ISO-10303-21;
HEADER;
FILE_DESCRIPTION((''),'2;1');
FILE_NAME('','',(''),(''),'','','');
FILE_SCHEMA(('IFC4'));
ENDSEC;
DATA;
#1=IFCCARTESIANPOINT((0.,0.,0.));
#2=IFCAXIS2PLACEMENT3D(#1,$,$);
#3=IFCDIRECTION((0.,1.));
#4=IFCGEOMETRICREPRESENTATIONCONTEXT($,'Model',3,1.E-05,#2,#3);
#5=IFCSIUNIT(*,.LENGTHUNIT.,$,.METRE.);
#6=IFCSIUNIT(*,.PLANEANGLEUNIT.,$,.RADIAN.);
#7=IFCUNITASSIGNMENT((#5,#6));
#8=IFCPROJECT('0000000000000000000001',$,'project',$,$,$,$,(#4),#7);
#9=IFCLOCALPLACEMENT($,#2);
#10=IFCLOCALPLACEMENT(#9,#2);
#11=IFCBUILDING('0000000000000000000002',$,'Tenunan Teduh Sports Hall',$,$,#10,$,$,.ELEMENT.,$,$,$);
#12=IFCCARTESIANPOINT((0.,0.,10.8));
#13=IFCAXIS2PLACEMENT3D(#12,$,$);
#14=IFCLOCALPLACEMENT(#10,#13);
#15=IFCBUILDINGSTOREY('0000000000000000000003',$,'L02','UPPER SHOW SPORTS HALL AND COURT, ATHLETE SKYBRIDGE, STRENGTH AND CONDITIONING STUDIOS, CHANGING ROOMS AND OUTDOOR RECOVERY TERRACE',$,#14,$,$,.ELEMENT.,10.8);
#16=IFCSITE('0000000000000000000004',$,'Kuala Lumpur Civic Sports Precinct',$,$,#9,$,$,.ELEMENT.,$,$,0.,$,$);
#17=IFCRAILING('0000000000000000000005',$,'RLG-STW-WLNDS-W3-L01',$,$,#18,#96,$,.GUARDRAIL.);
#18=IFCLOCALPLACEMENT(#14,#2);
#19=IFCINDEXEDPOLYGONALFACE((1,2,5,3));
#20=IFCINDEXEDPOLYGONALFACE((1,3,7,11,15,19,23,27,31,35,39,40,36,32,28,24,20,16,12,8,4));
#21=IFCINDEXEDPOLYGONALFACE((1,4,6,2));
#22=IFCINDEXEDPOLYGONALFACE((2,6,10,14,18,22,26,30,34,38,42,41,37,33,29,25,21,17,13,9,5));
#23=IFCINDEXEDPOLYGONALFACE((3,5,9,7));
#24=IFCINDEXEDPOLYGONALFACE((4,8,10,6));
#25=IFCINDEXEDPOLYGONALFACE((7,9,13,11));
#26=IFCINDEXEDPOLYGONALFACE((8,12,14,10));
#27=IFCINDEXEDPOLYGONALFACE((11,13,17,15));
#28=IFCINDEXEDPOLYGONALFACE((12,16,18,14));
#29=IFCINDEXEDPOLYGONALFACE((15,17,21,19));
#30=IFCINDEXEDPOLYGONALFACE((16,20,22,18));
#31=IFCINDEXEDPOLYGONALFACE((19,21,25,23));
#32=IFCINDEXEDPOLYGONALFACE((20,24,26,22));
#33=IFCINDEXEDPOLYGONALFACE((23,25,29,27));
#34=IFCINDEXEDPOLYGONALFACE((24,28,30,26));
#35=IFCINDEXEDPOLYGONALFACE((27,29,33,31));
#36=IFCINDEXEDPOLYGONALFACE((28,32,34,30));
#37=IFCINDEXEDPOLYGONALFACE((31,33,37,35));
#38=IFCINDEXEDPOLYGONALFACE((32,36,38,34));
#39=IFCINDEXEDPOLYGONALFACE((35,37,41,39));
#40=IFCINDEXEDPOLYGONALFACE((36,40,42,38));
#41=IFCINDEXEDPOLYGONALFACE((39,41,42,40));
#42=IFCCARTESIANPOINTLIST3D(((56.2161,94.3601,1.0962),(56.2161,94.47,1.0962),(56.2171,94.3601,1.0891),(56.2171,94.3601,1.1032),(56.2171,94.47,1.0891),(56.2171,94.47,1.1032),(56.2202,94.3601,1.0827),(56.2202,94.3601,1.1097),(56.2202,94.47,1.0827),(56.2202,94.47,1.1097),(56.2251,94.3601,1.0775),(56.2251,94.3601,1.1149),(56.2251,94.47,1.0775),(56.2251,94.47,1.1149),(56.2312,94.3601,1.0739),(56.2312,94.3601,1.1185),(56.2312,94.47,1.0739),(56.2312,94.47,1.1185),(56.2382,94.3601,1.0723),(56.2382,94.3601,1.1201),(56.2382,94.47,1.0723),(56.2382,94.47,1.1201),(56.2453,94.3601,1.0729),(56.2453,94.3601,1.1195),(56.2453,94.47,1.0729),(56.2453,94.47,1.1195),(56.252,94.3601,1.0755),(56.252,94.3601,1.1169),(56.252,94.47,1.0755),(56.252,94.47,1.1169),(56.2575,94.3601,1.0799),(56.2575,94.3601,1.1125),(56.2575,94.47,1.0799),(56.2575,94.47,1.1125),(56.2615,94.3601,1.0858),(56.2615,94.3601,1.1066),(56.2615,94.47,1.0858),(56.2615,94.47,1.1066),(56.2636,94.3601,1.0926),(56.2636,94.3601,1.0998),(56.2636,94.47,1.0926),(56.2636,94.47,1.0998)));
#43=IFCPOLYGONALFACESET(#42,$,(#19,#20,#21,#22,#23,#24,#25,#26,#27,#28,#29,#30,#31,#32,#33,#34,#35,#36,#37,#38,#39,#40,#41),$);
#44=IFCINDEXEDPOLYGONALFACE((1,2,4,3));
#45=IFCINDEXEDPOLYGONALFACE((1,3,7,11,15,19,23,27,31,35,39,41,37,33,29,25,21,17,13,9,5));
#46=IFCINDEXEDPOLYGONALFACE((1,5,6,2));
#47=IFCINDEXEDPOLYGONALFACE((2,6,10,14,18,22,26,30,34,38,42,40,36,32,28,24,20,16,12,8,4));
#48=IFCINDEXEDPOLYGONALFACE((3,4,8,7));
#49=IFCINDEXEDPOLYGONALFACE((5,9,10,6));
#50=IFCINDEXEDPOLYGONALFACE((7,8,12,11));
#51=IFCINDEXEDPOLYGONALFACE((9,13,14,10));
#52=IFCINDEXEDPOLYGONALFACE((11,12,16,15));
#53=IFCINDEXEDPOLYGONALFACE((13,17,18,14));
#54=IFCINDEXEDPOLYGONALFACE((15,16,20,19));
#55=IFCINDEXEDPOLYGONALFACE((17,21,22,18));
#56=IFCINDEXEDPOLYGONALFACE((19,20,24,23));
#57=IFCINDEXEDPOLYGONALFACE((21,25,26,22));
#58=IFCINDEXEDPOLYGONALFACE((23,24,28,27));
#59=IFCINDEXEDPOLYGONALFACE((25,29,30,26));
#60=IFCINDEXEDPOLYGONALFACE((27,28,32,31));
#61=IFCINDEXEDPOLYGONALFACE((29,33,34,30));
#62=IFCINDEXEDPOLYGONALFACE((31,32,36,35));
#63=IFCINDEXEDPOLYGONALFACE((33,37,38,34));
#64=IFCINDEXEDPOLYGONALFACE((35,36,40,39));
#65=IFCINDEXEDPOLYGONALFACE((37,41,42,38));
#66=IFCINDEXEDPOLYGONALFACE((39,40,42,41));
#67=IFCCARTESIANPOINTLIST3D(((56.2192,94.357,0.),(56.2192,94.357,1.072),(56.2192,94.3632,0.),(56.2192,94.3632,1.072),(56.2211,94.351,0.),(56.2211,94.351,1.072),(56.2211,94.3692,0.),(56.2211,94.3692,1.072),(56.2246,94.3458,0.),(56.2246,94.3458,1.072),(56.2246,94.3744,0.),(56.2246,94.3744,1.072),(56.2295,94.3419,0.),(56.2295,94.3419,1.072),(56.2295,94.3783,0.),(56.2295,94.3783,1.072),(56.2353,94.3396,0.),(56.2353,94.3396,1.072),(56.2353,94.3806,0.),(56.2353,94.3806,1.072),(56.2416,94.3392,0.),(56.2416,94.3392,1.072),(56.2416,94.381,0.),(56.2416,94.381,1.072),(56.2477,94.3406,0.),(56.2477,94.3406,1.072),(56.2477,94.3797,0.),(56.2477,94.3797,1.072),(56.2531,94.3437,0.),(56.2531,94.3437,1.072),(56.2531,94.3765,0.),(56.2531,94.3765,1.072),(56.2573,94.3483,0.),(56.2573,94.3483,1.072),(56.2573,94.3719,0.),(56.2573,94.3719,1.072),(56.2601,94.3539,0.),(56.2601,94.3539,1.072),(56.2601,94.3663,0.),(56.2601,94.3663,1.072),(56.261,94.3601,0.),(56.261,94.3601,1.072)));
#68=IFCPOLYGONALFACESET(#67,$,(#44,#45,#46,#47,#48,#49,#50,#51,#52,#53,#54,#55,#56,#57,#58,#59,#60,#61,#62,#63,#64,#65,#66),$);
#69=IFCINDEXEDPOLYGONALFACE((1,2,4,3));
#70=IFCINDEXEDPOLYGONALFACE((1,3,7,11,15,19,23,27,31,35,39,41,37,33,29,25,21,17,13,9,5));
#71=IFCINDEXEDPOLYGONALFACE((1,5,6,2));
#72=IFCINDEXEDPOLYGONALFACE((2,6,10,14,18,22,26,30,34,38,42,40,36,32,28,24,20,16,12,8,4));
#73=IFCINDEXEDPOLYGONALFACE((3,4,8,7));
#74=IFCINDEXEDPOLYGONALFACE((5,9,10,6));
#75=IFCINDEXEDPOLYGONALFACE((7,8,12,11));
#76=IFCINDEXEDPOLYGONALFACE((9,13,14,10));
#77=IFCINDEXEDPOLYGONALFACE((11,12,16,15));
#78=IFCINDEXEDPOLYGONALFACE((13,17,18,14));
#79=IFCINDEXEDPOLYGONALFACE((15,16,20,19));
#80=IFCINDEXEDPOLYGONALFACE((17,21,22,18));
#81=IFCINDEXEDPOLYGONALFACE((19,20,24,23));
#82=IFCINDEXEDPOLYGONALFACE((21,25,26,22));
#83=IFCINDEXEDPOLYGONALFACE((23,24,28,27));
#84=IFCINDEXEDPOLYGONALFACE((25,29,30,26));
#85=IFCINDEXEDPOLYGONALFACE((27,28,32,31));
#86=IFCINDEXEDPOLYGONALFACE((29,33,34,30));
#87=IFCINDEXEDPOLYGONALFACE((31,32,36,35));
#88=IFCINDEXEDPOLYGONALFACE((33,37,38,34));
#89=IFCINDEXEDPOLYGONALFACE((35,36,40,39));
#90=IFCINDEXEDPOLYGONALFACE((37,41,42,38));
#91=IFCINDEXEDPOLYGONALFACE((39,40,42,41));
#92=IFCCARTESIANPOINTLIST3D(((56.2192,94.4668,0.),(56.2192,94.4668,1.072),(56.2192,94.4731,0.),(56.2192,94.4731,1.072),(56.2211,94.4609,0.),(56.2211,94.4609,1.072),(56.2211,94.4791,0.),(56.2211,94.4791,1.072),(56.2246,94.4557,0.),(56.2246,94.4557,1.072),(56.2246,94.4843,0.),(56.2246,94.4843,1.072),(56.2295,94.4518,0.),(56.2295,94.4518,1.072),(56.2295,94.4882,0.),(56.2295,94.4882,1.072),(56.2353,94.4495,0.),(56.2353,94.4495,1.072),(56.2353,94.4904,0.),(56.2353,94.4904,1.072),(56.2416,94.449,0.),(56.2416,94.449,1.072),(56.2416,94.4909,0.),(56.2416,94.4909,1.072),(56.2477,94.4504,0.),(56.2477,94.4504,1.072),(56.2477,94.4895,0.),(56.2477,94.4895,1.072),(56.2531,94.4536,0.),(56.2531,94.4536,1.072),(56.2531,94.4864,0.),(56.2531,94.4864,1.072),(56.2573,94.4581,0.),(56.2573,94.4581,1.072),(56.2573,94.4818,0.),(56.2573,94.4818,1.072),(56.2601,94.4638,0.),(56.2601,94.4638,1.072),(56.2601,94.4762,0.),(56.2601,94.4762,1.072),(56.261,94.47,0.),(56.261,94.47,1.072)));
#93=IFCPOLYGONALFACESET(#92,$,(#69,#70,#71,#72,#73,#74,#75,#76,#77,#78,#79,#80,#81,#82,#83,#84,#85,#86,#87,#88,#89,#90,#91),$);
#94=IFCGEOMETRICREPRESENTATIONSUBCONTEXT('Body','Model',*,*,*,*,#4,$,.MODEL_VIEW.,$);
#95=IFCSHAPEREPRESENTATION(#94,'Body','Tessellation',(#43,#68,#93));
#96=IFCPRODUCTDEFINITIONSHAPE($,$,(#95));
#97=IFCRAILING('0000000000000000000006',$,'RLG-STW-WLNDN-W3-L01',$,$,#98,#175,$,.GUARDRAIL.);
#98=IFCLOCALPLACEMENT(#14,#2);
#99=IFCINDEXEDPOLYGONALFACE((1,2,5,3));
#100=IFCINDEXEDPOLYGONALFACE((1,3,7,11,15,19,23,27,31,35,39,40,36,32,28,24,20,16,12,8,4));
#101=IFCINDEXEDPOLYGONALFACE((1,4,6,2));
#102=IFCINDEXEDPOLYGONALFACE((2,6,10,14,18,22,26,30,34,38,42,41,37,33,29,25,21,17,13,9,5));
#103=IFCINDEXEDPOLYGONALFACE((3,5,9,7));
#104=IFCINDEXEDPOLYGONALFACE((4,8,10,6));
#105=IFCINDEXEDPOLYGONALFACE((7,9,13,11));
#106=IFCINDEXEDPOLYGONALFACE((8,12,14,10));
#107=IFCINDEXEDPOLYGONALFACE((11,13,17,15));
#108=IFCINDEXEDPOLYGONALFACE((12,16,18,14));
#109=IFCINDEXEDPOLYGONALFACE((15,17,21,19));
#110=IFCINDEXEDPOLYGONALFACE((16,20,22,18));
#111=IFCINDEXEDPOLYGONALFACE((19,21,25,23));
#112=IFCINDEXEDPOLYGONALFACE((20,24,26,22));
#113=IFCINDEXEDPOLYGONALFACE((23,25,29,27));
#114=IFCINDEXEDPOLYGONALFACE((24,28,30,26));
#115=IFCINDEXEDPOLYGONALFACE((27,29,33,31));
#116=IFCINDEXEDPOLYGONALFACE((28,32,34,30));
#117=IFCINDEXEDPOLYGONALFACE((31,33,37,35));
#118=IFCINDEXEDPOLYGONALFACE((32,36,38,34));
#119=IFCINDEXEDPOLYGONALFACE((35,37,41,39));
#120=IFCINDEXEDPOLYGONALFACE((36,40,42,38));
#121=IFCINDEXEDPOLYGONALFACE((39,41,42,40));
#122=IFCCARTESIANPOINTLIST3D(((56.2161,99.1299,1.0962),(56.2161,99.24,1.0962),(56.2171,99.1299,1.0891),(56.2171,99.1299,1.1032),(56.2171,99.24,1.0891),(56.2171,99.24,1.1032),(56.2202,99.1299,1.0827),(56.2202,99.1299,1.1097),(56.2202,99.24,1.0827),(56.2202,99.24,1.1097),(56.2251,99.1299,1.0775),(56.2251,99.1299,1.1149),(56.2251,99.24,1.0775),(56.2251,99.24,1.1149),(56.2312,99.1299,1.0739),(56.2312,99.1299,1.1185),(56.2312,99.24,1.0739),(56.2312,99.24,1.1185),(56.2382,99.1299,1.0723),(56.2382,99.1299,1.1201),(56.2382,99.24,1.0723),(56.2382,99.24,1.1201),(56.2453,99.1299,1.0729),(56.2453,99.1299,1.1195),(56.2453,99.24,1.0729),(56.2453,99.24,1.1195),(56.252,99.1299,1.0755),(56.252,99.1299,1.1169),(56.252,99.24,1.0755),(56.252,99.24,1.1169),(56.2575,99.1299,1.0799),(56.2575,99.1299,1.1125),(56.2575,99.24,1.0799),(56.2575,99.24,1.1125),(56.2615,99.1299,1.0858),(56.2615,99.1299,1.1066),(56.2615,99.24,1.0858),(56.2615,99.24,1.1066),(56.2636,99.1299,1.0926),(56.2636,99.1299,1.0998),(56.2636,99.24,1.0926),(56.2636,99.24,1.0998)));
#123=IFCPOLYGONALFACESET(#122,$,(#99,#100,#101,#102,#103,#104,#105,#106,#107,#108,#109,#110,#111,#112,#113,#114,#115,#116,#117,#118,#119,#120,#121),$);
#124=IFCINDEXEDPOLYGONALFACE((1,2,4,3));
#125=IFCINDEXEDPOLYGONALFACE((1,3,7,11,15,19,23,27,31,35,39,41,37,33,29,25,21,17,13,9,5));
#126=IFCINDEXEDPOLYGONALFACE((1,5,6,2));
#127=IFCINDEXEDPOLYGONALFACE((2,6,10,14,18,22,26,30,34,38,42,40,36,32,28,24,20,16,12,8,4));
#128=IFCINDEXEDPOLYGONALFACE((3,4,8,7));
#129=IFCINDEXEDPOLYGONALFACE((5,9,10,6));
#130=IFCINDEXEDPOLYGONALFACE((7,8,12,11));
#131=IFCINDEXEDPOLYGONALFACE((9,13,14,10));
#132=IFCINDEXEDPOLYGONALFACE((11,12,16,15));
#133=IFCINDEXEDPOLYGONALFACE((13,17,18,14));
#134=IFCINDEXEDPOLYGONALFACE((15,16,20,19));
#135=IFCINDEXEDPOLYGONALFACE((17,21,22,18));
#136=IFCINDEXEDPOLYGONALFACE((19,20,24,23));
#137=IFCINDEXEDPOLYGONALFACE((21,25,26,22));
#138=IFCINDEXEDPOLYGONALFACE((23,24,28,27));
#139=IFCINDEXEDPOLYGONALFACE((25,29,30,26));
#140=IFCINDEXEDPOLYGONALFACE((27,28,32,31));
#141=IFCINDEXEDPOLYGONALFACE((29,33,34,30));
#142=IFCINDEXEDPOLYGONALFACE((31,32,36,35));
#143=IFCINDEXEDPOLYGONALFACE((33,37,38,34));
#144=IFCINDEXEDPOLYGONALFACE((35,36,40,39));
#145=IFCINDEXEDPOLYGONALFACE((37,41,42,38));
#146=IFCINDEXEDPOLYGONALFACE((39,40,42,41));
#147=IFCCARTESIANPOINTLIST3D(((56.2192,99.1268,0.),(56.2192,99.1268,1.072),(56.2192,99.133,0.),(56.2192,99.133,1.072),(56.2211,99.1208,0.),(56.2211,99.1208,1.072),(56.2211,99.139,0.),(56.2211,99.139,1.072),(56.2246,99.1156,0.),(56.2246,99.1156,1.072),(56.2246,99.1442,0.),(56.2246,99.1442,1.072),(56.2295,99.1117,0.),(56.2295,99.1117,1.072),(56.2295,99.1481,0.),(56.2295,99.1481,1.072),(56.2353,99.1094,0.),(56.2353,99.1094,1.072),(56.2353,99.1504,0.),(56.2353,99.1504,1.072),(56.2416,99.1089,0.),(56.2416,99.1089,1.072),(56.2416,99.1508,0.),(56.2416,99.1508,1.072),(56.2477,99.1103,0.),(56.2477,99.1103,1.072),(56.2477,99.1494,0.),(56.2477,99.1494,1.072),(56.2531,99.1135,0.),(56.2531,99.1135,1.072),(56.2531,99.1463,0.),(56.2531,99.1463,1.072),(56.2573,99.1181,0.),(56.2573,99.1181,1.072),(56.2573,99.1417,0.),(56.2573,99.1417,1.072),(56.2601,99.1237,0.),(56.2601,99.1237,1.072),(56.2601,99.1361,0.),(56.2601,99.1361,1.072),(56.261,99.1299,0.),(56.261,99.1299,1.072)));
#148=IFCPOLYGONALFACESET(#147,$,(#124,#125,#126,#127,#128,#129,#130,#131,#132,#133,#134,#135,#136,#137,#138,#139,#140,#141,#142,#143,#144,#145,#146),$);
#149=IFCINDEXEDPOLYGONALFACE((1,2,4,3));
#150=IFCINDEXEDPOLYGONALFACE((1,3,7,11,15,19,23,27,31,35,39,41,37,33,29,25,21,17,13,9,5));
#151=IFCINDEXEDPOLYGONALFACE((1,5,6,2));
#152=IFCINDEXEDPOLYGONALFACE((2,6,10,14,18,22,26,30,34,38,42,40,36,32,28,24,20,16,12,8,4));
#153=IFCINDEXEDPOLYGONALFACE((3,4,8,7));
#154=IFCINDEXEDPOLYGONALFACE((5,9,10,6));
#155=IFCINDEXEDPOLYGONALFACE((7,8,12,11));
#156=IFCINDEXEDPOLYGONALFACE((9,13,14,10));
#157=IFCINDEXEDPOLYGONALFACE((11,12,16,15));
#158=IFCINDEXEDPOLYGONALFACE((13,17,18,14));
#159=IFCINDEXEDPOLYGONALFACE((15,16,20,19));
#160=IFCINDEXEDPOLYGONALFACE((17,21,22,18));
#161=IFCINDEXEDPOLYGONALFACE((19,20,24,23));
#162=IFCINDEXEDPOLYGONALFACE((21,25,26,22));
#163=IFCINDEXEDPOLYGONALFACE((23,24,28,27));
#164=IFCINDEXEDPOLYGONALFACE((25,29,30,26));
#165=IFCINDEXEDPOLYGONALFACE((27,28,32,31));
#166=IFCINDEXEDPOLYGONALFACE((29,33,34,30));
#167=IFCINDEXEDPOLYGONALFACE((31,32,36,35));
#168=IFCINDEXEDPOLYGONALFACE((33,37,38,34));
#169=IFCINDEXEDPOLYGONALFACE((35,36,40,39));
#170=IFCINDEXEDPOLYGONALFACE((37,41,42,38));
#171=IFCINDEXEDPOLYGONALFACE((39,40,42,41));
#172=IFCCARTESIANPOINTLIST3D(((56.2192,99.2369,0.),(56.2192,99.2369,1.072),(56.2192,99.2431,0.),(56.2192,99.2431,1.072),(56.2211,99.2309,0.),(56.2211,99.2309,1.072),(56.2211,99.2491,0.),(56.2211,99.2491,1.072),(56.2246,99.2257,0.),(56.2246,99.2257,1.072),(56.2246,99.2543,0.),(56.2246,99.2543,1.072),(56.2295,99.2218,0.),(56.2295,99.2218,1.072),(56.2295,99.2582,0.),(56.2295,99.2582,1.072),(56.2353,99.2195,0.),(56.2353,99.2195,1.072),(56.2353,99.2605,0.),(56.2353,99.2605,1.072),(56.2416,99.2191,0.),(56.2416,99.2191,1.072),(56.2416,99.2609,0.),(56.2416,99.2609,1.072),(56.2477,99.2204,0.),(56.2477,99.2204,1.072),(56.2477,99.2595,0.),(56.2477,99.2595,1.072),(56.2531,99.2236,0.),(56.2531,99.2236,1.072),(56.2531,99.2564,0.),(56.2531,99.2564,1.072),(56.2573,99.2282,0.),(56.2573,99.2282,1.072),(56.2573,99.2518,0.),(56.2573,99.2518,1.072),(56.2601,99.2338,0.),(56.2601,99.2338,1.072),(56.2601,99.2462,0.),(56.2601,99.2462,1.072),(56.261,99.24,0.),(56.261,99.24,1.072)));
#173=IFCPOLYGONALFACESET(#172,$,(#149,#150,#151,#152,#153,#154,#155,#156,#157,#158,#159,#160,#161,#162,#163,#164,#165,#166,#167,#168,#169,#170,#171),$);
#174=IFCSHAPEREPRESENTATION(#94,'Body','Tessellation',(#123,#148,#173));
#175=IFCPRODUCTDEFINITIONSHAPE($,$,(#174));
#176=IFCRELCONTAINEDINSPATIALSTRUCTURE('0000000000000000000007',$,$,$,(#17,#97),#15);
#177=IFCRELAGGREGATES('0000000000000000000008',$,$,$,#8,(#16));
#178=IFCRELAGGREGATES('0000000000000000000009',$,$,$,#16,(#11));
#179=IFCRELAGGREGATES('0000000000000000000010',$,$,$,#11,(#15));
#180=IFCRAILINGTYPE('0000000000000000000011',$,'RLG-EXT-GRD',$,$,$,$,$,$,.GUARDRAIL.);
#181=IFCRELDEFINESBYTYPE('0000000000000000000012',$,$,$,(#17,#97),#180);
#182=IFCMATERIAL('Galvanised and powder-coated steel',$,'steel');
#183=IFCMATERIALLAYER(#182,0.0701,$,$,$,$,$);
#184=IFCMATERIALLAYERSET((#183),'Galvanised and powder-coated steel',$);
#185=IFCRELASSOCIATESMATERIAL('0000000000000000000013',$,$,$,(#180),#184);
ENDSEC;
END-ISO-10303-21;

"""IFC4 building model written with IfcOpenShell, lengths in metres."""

from ifc_helpers import new_model, si_unit, direction, frame, origin, origin_2d, place, context, subcontext, project, spatial, circle, extrude, material, layer, layer_set, type_object, element, save


model = new_model("IFC4")

# Units and contexts
model_context = context("Model", 3, precision=1e-05, world=origin(), true_north=direction((0.0, 1.0)))
body_context = subcontext(model_context, "Body", "Model", "MODEL_VIEW")
ifc_project = project(units=[si_unit("LENGTHUNIT", "METRE"), si_unit("PLANEANGLEUNIT", "RADIAN")], contexts=[model_context])

# Site, building, storey
site_placement = place(None, origin())
site = spatial("IfcSite", under=ifc_project, at=site_placement, Name="Kuala Lumpur Civic Sports Precinct", CompositionType="ELEMENT", RefElevation=0.0)
building_placement = place(site_placement, origin())
building = spatial("IfcBuilding", under=site, at=building_placement, Name="Tenunan Teduh Sports Hall", CompositionType="ELEMENT")
storey_placement = place(building_placement, frame((0.0, 0.0, 10.8)))
storey = spatial("IfcBuildingStorey", under=building, at=storey_placement, Name="L02", Description="UPPER SHOW SPORTS HALL AND COURT, ATHLETE SKYBRIDGE, STRENGTH AND CONDITIONING STUDIOS, CHANGING ROOMS AND OUTDOOR RECOVERY TERRACE", CompositionType="ELEMENT", Elevation=10.8)

# Railings
ifc_material_1 = material(Name="Galvanised and powder-coated steel", Category="steel")
ifc_layer_1 = layer(ifc_material_1, 0.0701)
ifc_layer_set_1 = layer_set([ifc_layer_1], Name="Galvanised and powder-coated steel")
railing_type_1 = type_object("IfcRailingType", Name="RLG-EXT-GRD", PredefinedType="GUARDRAIL", material=ifc_layer_set_1)
railing_1_placement = place(storey_placement, frame((56.24, 94.3601, 0.0)))
element("IfcRailing", 1, at=railing_1_placement, inside=storey, type_object=railing_type_1, Name="RLG-STW-WLNDS-W3-L01", PredefinedType="GUARDRAIL", context=body_context, shape_type="SweptSolid", body=[
    extrude(circle(Radius=0.0239, at=origin_2d()), frame((0.0, 0.0, 1.0962), z_axis=(0.0, 1.0, 0.0), x_axis=(-1.0, 0.0, 0.0)), (0.0, 0.0, 1.0), 0.1099),
    extrude(circle(Radius=0.021, at=origin_2d()), origin(), (0.0, 0.0, 1.0), 1.072),
    extrude(circle(Radius=0.021, at=origin_2d()), frame((0.0, 0.1099, 0.0)), (0.0, 0.0, 1.0), 1.072),
])
railing_2_placement = place(storey_placement, frame((56.24, 99.1299, 0.0)))
element("IfcRailing", 2, at=railing_2_placement, inside=storey, type_object=railing_type_1, Name="RLG-STW-WLNDN-W3-L01", PredefinedType="GUARDRAIL", context=body_context, shape_type="SweptSolid", body=[
    extrude(circle(Radius=0.0239, at=origin_2d()), frame((0.0, 0.0, 1.0962), z_axis=(0.0, 1.0, 0.0), x_axis=(-1.0, 0.0, 0.0)), (0.0, 0.0, 1.0), 0.1101),
    extrude(circle(Radius=0.021, at=origin_2d()), origin(), (0.0, 0.0, 1.0), 1.072),
    extrude(circle(Radius=0.021, at=origin_2d()), frame((0.0, 0.1101, 0.0)), (0.0, 0.0, 1.0), 1.072),
])

save(model, "model.ifc")
